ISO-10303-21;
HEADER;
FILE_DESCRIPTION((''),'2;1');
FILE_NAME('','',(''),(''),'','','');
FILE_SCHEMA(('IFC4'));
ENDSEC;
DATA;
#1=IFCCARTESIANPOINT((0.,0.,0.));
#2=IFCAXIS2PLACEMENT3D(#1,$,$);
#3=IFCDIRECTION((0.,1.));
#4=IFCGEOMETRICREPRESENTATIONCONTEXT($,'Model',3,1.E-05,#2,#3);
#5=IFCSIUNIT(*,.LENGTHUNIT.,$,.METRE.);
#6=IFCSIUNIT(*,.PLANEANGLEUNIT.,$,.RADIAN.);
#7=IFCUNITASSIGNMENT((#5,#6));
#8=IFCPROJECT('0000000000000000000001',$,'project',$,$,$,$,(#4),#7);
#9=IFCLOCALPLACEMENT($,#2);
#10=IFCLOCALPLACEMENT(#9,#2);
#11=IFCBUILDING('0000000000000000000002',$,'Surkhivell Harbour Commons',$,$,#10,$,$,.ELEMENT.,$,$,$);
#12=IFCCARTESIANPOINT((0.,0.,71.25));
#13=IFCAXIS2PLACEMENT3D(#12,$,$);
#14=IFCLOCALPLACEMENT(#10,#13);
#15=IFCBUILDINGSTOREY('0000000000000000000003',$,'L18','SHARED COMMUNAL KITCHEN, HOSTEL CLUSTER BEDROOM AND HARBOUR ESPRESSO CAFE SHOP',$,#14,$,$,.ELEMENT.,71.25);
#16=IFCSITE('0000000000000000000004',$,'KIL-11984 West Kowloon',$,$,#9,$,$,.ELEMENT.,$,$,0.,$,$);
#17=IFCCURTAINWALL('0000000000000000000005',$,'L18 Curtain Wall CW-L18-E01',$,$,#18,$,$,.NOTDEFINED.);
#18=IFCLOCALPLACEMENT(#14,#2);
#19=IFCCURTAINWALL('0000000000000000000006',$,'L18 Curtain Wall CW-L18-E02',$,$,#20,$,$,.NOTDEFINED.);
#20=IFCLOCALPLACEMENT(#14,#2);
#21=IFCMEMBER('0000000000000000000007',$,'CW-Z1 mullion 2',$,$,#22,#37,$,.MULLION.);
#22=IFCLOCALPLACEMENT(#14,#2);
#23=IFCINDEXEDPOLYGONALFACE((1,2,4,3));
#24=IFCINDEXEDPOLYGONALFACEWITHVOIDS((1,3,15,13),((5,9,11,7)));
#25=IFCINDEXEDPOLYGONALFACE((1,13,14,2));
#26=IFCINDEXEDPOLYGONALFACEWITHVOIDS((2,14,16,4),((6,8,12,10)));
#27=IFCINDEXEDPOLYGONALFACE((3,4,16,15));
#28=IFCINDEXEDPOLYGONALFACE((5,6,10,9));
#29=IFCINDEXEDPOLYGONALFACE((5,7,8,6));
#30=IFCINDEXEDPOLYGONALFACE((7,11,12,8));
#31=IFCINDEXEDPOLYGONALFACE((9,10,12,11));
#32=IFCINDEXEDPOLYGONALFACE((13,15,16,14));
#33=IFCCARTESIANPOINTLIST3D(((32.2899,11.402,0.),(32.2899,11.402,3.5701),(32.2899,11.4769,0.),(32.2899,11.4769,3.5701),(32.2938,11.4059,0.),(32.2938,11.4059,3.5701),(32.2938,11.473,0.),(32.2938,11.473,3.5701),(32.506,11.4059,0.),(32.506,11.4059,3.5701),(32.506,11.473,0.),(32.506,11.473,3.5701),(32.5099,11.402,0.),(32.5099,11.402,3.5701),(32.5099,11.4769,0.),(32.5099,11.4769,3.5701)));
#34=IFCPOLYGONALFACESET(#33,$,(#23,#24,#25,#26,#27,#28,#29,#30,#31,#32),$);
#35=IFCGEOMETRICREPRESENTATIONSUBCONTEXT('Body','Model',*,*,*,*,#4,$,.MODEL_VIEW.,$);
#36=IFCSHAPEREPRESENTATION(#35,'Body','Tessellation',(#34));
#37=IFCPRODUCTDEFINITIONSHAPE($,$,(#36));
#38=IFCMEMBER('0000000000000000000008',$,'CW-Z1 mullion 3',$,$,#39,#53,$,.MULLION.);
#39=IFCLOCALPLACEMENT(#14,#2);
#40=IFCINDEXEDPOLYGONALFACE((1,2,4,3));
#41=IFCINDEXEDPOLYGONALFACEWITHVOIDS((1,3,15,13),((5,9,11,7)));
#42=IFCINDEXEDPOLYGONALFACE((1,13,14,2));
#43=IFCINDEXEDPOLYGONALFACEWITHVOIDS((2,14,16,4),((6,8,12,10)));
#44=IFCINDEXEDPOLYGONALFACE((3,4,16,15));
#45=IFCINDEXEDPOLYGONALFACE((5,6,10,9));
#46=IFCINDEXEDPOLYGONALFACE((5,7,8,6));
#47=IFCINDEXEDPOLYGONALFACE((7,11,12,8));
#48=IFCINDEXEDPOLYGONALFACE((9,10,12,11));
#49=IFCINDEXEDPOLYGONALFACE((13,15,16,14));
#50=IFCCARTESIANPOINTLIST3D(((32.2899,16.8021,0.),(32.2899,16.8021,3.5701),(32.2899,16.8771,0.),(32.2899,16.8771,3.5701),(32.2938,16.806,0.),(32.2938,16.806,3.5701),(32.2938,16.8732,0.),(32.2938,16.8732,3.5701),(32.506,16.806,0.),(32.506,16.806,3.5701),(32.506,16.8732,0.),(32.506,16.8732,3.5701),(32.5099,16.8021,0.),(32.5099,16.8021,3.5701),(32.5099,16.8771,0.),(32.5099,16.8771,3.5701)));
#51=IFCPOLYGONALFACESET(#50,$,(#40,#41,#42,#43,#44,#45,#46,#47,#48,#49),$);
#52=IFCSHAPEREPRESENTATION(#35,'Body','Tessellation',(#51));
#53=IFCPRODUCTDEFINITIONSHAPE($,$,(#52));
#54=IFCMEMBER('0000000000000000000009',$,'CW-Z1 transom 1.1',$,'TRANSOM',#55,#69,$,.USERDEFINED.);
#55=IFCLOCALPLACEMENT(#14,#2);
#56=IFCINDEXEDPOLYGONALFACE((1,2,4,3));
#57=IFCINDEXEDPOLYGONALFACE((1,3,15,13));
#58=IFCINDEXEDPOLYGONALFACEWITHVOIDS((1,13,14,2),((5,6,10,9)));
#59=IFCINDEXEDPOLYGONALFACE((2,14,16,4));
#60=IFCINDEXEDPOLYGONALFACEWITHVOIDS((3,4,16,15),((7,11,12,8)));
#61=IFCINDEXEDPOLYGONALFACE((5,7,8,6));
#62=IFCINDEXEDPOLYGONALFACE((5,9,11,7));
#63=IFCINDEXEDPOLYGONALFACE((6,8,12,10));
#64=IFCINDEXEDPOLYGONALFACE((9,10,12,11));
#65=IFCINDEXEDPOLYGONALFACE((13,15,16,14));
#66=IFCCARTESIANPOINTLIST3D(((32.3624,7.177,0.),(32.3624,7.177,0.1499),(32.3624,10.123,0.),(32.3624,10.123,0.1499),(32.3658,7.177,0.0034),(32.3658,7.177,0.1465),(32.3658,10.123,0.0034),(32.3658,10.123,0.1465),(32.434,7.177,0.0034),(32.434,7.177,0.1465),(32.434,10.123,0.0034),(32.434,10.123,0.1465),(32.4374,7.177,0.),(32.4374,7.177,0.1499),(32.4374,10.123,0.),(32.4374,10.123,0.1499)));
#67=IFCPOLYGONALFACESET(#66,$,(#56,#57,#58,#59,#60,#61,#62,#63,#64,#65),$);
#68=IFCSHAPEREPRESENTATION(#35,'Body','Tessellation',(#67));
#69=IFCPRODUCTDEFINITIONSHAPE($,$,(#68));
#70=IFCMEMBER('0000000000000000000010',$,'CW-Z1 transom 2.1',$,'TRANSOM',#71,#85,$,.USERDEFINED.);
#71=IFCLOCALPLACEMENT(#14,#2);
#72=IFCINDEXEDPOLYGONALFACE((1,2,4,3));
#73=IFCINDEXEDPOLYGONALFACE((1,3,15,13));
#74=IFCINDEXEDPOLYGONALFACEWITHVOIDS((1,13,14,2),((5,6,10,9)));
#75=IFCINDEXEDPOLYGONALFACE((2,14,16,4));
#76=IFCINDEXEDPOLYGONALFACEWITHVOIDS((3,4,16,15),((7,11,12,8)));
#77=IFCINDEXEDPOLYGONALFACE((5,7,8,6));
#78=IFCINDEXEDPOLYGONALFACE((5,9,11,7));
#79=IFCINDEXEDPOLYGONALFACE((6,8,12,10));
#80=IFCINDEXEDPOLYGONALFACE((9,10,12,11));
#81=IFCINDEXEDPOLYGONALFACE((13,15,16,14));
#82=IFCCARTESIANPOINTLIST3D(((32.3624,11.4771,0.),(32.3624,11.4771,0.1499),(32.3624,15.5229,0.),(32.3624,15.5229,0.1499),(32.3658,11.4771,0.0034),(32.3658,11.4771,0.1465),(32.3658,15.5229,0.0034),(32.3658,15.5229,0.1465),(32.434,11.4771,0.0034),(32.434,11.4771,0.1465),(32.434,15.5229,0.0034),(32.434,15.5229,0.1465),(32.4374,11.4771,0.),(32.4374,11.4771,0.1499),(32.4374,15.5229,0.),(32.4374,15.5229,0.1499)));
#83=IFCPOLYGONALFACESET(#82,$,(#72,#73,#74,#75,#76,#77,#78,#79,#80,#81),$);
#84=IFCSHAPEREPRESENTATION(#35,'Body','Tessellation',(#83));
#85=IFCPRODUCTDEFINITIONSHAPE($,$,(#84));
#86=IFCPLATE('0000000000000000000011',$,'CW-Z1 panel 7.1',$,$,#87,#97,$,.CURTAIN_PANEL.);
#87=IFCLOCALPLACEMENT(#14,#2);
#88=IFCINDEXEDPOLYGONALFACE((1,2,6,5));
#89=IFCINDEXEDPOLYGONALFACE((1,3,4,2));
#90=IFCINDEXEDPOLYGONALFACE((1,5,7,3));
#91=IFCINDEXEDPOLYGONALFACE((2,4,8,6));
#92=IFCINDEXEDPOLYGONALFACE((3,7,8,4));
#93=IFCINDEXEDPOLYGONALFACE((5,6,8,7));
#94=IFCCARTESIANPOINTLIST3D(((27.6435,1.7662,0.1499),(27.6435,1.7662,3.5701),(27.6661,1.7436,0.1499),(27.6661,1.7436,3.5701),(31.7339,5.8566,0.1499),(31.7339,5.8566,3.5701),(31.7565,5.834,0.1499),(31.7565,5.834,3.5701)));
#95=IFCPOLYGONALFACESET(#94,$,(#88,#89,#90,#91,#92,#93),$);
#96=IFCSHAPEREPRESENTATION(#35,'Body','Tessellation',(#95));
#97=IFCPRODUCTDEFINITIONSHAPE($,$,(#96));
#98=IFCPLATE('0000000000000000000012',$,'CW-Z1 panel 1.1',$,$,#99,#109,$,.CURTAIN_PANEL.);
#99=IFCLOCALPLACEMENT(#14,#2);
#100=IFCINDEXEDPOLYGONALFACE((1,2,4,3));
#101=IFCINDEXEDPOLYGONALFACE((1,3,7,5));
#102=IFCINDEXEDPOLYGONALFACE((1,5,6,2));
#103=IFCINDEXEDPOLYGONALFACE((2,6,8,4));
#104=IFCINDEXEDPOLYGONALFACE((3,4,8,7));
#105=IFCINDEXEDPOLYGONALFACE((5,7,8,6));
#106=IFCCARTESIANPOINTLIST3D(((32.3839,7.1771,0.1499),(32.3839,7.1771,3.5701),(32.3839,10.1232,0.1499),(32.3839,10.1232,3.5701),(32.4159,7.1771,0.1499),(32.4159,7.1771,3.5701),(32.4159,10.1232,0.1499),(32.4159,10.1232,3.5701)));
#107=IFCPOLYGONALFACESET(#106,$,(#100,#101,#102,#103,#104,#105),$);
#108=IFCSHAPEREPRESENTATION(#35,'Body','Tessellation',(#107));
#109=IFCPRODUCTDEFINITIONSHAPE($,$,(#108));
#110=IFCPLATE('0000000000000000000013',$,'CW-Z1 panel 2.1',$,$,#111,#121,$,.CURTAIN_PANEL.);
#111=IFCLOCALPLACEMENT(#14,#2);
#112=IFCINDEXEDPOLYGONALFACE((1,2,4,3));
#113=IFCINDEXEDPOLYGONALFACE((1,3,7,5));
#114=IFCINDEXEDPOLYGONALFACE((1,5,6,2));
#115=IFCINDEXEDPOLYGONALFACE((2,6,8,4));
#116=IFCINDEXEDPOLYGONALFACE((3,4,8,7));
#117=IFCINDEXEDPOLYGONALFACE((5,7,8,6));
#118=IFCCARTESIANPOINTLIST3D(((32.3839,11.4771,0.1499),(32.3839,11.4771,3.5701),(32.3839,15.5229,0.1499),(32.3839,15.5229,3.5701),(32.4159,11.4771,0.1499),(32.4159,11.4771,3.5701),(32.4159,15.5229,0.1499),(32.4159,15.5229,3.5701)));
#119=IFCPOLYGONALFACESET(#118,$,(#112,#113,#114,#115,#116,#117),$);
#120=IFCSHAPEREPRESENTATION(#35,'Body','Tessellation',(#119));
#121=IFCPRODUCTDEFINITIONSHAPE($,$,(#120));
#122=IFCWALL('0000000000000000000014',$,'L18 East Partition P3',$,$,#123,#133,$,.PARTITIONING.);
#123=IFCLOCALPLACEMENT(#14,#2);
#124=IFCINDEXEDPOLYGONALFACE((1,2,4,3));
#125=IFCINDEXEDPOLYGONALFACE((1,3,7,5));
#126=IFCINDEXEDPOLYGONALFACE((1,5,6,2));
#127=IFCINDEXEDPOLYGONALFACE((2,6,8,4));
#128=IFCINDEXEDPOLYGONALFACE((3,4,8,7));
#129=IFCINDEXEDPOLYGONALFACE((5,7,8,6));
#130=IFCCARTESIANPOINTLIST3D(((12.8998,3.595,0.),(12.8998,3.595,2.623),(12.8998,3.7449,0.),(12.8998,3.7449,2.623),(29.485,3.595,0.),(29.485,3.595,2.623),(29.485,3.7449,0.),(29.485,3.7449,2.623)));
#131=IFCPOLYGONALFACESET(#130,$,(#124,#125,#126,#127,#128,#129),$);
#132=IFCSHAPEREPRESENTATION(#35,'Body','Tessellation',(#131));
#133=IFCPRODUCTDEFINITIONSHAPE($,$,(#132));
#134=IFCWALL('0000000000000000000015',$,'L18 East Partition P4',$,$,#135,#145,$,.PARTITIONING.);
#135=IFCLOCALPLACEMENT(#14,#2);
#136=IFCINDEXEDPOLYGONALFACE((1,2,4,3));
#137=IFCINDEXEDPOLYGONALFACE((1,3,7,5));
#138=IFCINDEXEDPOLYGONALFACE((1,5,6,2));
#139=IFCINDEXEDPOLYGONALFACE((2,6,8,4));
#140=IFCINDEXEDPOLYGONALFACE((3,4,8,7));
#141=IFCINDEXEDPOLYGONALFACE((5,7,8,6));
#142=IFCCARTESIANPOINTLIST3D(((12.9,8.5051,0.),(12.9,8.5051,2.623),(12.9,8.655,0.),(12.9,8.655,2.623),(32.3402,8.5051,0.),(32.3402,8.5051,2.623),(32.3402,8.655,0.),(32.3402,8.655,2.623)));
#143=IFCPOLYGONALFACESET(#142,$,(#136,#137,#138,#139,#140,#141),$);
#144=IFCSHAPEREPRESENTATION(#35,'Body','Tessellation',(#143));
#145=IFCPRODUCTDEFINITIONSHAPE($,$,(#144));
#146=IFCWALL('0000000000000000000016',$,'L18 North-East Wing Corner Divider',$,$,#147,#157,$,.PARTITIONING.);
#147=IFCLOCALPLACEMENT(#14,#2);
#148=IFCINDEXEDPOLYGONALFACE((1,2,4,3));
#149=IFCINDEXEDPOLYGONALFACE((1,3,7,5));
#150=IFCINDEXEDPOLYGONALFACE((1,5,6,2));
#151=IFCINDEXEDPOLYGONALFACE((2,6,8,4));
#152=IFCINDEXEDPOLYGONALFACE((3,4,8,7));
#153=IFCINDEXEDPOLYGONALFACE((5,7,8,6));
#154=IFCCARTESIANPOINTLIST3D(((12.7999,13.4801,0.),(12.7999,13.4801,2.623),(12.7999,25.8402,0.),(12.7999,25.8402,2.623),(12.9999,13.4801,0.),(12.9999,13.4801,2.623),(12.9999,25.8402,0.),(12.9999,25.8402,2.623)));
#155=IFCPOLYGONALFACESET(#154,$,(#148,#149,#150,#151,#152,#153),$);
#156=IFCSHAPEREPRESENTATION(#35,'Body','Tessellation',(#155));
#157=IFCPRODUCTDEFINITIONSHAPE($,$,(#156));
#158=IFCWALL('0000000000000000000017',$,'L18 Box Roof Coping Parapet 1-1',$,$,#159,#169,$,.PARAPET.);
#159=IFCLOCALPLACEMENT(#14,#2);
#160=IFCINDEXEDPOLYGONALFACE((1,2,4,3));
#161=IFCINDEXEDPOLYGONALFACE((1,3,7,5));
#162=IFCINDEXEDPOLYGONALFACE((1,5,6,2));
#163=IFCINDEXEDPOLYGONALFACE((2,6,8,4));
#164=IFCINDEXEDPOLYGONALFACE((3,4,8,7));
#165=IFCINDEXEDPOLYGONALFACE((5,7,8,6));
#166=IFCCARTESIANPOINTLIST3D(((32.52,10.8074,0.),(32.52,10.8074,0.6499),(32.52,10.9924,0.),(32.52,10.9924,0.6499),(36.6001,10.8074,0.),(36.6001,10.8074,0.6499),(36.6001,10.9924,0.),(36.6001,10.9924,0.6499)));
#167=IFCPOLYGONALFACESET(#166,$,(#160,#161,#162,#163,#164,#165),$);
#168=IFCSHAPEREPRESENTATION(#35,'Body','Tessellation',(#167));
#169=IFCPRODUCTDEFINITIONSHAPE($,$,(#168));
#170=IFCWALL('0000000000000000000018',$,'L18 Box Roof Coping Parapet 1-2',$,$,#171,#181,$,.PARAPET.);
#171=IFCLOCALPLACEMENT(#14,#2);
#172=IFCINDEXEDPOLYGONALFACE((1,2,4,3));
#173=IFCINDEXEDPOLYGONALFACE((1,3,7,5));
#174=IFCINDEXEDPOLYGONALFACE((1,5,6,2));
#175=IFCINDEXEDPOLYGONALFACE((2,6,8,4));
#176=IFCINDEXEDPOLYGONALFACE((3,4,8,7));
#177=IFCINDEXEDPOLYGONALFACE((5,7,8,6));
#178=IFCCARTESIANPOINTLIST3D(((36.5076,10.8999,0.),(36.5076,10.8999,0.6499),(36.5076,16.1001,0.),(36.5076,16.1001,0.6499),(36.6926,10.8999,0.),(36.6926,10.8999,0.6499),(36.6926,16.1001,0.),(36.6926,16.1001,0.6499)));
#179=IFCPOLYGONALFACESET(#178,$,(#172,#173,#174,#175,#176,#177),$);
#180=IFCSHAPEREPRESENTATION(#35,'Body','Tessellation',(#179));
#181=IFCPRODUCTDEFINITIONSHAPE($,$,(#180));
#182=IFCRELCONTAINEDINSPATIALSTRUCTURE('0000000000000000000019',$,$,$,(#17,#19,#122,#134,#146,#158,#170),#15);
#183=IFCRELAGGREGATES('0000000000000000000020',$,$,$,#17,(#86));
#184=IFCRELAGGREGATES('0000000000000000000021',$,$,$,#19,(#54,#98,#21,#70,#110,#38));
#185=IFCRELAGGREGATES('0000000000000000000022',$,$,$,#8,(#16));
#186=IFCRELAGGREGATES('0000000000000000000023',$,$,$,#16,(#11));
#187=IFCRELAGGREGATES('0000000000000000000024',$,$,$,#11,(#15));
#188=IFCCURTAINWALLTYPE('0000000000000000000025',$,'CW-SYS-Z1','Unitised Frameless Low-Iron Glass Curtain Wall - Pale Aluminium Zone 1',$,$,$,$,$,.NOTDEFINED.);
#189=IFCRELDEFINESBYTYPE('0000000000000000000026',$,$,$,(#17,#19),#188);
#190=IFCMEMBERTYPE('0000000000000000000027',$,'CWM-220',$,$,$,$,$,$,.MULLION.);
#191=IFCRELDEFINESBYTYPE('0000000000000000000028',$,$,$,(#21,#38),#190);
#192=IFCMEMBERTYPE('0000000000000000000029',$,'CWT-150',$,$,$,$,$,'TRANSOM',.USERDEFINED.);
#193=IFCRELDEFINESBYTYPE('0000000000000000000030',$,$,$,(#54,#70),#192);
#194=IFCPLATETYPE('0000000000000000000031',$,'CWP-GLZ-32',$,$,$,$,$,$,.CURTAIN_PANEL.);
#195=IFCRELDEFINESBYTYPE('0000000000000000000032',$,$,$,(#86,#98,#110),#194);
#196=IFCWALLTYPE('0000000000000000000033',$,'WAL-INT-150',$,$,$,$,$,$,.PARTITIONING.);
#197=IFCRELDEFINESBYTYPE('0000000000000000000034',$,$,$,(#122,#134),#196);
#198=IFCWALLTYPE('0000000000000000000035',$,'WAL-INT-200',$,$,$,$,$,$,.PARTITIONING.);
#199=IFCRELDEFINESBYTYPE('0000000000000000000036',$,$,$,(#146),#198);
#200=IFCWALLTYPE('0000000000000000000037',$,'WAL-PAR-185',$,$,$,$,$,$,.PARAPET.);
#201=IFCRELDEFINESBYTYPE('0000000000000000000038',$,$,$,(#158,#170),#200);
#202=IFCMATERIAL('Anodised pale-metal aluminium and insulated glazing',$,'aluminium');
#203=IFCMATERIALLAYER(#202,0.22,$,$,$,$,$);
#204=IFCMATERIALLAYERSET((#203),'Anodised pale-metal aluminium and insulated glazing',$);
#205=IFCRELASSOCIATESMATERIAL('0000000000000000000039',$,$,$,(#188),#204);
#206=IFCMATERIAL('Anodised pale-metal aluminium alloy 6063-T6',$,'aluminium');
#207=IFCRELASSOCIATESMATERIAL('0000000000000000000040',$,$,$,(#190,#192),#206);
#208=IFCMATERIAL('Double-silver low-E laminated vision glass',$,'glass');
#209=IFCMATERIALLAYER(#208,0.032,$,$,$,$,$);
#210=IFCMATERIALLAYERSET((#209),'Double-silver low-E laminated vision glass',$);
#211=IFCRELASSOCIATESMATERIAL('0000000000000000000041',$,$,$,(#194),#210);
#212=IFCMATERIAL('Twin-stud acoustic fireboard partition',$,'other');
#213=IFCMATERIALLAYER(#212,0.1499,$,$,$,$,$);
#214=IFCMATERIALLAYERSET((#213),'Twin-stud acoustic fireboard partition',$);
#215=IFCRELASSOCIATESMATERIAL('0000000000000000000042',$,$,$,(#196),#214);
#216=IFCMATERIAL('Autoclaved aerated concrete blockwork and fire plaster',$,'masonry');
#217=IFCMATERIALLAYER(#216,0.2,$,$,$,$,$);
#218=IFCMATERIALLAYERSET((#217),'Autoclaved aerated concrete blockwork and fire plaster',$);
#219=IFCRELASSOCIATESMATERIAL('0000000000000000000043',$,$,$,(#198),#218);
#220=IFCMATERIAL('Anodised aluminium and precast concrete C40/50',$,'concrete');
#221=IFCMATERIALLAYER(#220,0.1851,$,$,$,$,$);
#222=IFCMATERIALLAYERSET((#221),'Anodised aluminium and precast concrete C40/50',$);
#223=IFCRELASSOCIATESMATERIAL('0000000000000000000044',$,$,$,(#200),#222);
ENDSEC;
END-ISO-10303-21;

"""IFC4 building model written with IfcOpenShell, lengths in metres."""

from ifc_helpers import new_model, si_unit, direction, frame, frame_2d, origin, origin_2d, place, context, subcontext, project, spatial, rectangle, hollow_rectangle, extrude, material, layer, layer_set, material_profile, profile_set, type_object, element, aggregate, save


model = new_model("IFC4")

# Units and contexts
model_context = context("Model", 3, precision=1e-05, world=origin(), true_north=direction((0.0, 1.0)))
body_context = subcontext(model_context, "Body", "Model", "MODEL_VIEW")
ifc_project = project(units=[si_unit("LENGTHUNIT", "METRE"), si_unit("PLANEANGLEUNIT", "RADIAN")], contexts=[model_context])

# Site, building, storey
site_placement = place(None, origin())
site = spatial("IfcSite", under=ifc_project, at=site_placement, Name="KIL-11984 West Kowloon", CompositionType="ELEMENT", RefElevation=0.0)
building_placement = place(site_placement, origin())
building = spatial("IfcBuilding", under=site, at=building_placement, Name="Surkhivell Harbour Commons", CompositionType="ELEMENT")
storey_placement = place(building_placement, frame((0.0, 0.0, 71.25)))
storey = spatial("IfcBuildingStorey", under=building, at=storey_placement, Name="L18", Description="SHARED COMMUNAL KITCHEN, HOSTEL CLUSTER BEDROOM AND HARBOUR ESPRESSO CAFE SHOP", CompositionType="ELEMENT", Elevation=71.25)

# Curtain wall
ifc_material_1 = material(Name="Anodised pale-metal aluminium and insulated glazing", Category="aluminium")
ifc_layer_1 = layer(ifc_material_1, 0.22)
ifc_layer_set_1 = layer_set([ifc_layer_1], Name="Anodised pale-metal aluminium and insulated glazing")
curtain_wall_type = type_object("IfcCurtainWallType", Name="CW-SYS-Z1", Description="Unitised Frameless Low-Iron Glass Curtain Wall - Pale Aluminium Zone 1", PredefinedType="NOTDEFINED", material=ifc_layer_set_1)
curtain_wall_1_placement = place(storey_placement, origin())
curtain_wall_1 = element("IfcCurtainWall", 1, at=curtain_wall_1_placement, inside=storey, type_object=curtain_wall_type, Name="L18 Curtain Wall CW-L18-E01", PredefinedType="NOTDEFINED")
ifc_material_2 = material(Name="Anodised pale-metal aluminium alloy 6063-T6", Category="aluminium")
ifc_material_profile_1 = material_profile(ifc_material_2, hollow_rectangle(XDim=0.075, YDim=0.22, WallThickness=0.0039, at=origin_2d()), Name="ALU-MULL-75x220")
ifc_profile_set_1 = profile_set([ifc_material_profile_1], Name="Anodised pale-metal aluminium alloy 6063-T6")
member_type_1 = type_object("IfcMemberType", Name="CWM-220", PredefinedType="MULLION", material=ifc_profile_set_1)

# Curtain wall, members
curtain_wall_2_placement = place(storey_placement, origin())
curtain_wall_2 = element("IfcCurtainWall", 2, at=curtain_wall_2_placement, inside=storey, type_object=curtain_wall_type, Name="L18 Curtain Wall CW-L18-E02", PredefinedType="NOTDEFINED")
member_1_placement = place(storey_placement, frame((32.3999, 11.4395, 0.0), z_axis=(0.0, 0.0, 1.0), x_axis=(0.0, 1.0, 0.0)))
member_1 = element("IfcMember", 3, at=member_1_placement, type_object=member_type_1, Name="CW-Z1 mullion 2", PredefinedType="MULLION", context=body_context, shape_type="SweptSolid", body=[
    extrude(hollow_rectangle(XDim=0.075, YDim=0.22, WallThickness=0.0039, at=origin_2d()), origin(), (0.0, 0.0, 1.0), 3.5701),
])
member_2_placement = place(storey_placement, frame((32.3999, 16.8396, 0.0), z_axis=(0.0, 0.0, 1.0), x_axis=(0.0, 1.0, 0.0)))
member_2 = element("IfcMember", 4, at=member_2_placement, type_object=member_type_1, Name="CW-Z1 mullion 3", PredefinedType="MULLION", context=body_context, shape_type="SweptSolid", body=[
    extrude(hollow_rectangle(XDim=0.075, YDim=0.22, WallThickness=0.0039, at=origin_2d()), origin(), (0.0, 0.0, 1.0), 3.5701),
])
ifc_material_profile_2 = material_profile(ifc_material_2, hollow_rectangle(XDim=0.075, YDim=0.1499, WallThickness=0.0034, at=origin_2d()), Name="ALU-TRAN-75x150")
ifc_profile_set_2 = profile_set([ifc_material_profile_2], Name="Anodised pale-metal aluminium alloy 6063-T6")
member_type_2 = type_object("IfcMemberType", Name="CWT-150", ElementType="TRANSOM", PredefinedType="USERDEFINED", material=ifc_profile_set_2)
member_3_placement = place(storey_placement, frame((32.3999, 7.177, 0.075), z_axis=(0.0, 1.0, 0.0), x_axis=(-1.0, 0.0, 0.0)))
member_3 = element("IfcMember", 5, at=member_3_placement, type_object=member_type_2, Name="CW-Z1 transom 1.1", ObjectType="TRANSOM", PredefinedType="USERDEFINED", context=body_context, shape_type="SweptSolid", body=[
    extrude(hollow_rectangle(XDim=0.075, YDim=0.1499, WallThickness=0.0034, at=origin_2d()), origin(), (0.0, 0.0, 1.0), 2.946),
])
member_4_placement = place(storey_placement, frame((32.3999, 11.4771, 0.075), z_axis=(0.0, 1.0, 0.0), x_axis=(-1.0, 0.0, 0.0)))
member_4 = element("IfcMember", 6, at=member_4_placement, type_object=member_type_2, Name="CW-Z1 transom 2.1", ObjectType="TRANSOM", PredefinedType="USERDEFINED", context=body_context, shape_type="SweptSolid", body=[
    extrude(hollow_rectangle(XDim=0.075, YDim=0.1499, WallThickness=0.0034, at=origin_2d()), origin(), (0.0, 0.0, 1.0), 4.0459),
])

# Plates
ifc_material_3 = material(Name="Double-silver low-E laminated vision glass", Category="glass")
ifc_layer_2 = layer(ifc_material_3, 0.032)
ifc_layer_set_2 = layer_set([ifc_layer_2], Name="Double-silver low-E laminated vision glass")
plate_type = type_object("IfcPlateType", Name="CWP-GLZ-32", PredefinedType="CURTAIN_PANEL", material=ifc_layer_set_2)
plate_1_placement = place(storey_placement, frame((27.6548, 1.7549, 0.1499), z_axis=(0.0, 0.0, 1.0), x_axis=(0.707107, 0.707107, 0.0)))
plate_1 = element("IfcPlate", 7, at=plate_1_placement, type_object=plate_type, Name="CW-Z1 panel 7.1", PredefinedType="CURTAIN_PANEL", context=body_context, shape_type="SweptSolid", body=[
    extrude(rectangle(XDim=5.7847, YDim=0.032, at=frame_2d((2.8923, 0.0))), origin(), (0.0, 0.0, 1.0), 3.4202),
])
aggregate(curtain_wall_1, [plate_1])
plate_2_placement = place(storey_placement, frame((32.3999, 7.177, 0.1499), z_axis=(0.0, 0.0, 1.0), x_axis=(0.0, 1.0, 0.0)))
plate_2 = element("IfcPlate", 8, at=plate_2_placement, type_object=plate_type, Name="CW-Z1 panel 1.1", PredefinedType="CURTAIN_PANEL", context=body_context, shape_type="SweptSolid", body=[
    extrude(rectangle(XDim=2.946, YDim=0.032, at=frame_2d((1.4731, 0.0))), origin(), (0.0, 0.0, 1.0), 3.4202),
])
plate_3_placement = place(storey_placement, frame((32.3999, 11.4771, 0.1499), z_axis=(0.0, 0.0, 1.0), x_axis=(0.0, 1.0, 0.0)))
plate_3 = element("IfcPlate", 9, at=plate_3_placement, type_object=plate_type, Name="CW-Z1 panel 2.1", PredefinedType="CURTAIN_PANEL", context=body_context, shape_type="SweptSolid", body=[
    extrude(rectangle(XDim=4.0459, YDim=0.032, at=frame_2d((2.0229, 0.0))), origin(), (0.0, 0.0, 1.0), 3.4202),
])
aggregate(curtain_wall_2, [member_3, plate_2, member_1, member_4, plate_3, member_2])

# Walls
ifc_material_4 = material(Name="Twin-stud acoustic fireboard partition", Category="other")
ifc_layer_3 = layer(ifc_material_4, 0.1499)
ifc_layer_set_3 = layer_set([ifc_layer_3], Name="Twin-stud acoustic fireboard partition")
wall_type_1 = type_object("IfcWallType", Name="WAL-INT-150", PredefinedType="PARTITIONING", material=ifc_layer_set_3)
wall_1_placement = place(storey_placement, frame((12.8999, 3.6699, 0.0), z_axis=(0.0, 0.0, 1.0), x_axis=(1.0, 0.0, 0.0)))
element("IfcWall", 10, at=wall_1_placement, inside=storey, type_object=wall_type_1, Name="L18 East Partition P3", PredefinedType="PARTITIONING", context=body_context, shape_type="SweptSolid", body=[
    extrude(rectangle(XDim=16.5852, YDim=0.1499, at=frame_2d((8.2925, 0.0))), origin(), (0.0, 0.0, 1.0), 2.623),
])
wall_2_placement = place(storey_placement, frame((12.8999, 8.5801, 0.0), z_axis=(0.0, 0.0, 1.0), x_axis=(1.0, 0.0, 0.0)))
element("IfcWall", 11, at=wall_2_placement, inside=storey, type_object=wall_type_1, Name="L18 East Partition P4", PredefinedType="PARTITIONING", context=body_context, shape_type="SweptSolid", body=[
    extrude(rectangle(XDim=19.4402, YDim=0.1499, at=frame_2d((9.7202, 0.0))), origin(), (0.0, 0.0, 1.0), 2.623),
])
ifc_material_5 = material(Name="Autoclaved aerated concrete blockwork and fire plaster", Category="masonry")
ifc_layer_4 = layer(ifc_material_5, 0.2)
ifc_layer_set_4 = layer_set([ifc_layer_4], Name="Autoclaved aerated concrete blockwork and fire plaster")
wall_type_2 = type_object("IfcWallType", Name="WAL-INT-200", PredefinedType="PARTITIONING", material=ifc_layer_set_4)
wall_3_placement = place(storey_placement, frame((12.8999, 13.48, 0.0), z_axis=(0.0, 0.0, 1.0), x_axis=(0.0, 1.0, 0.0)))
element("IfcWall", 12, at=wall_3_placement, inside=storey, type_object=wall_type_2, Name="L18 North-East Wing Corner Divider", PredefinedType="PARTITIONING", context=body_context, shape_type="SweptSolid", body=[
    extrude(rectangle(XDim=12.3601, YDim=0.2, at=frame_2d((6.1802, 0.0))), origin(), (0.0, 0.0, 1.0), 2.623),
])
ifc_material_6 = material(Name="Anodised aluminium and precast concrete C40/50", Category="concrete")
ifc_layer_5 = layer(ifc_material_6, 0.1851)
ifc_layer_set_5 = layer_set([ifc_layer_5], Name="Anodised aluminium and precast concrete C40/50")
wall_type_3 = type_object("IfcWallType", Name="WAL-PAR-185", PredefinedType="PARAPET", material=ifc_layer_set_5)
wall_4_placement = place(storey_placement, frame((32.52, 10.8999, 0.0), z_axis=(0.0, 0.0, 1.0), x_axis=(1.0, 0.0, 0.0)))
element("IfcWall", 13, at=wall_4_placement, inside=storey, type_object=wall_type_3, Name="L18 Box Roof Coping Parapet 1-1", PredefinedType="PARAPET", context=body_context, shape_type="SweptSolid", body=[
    extrude(rectangle(XDim=4.0801, YDim=0.1851, at=frame_2d((2.04, 0.0))), origin(), (0.0, 0.0, 1.0), 0.6499),
])
wall_5_placement = place(storey_placement, frame((36.6001, 10.8999, 0.0), z_axis=(0.0, 0.0, 1.0), x_axis=(0.0, 1.0, 0.0)))
element("IfcWall", 14, at=wall_5_placement, inside=storey, type_object=wall_type_3, Name="L18 Box Roof Coping Parapet 1-2", PredefinedType="PARAPET", context=body_context, shape_type="SweptSolid", body=[
    extrude(rectangle(XDim=5.2002, YDim=0.1851, at=frame_2d((2.6001, 0.0))), origin(), (0.0, 0.0, 1.0), 0.6499),
])

save(model, "model.ifc")
